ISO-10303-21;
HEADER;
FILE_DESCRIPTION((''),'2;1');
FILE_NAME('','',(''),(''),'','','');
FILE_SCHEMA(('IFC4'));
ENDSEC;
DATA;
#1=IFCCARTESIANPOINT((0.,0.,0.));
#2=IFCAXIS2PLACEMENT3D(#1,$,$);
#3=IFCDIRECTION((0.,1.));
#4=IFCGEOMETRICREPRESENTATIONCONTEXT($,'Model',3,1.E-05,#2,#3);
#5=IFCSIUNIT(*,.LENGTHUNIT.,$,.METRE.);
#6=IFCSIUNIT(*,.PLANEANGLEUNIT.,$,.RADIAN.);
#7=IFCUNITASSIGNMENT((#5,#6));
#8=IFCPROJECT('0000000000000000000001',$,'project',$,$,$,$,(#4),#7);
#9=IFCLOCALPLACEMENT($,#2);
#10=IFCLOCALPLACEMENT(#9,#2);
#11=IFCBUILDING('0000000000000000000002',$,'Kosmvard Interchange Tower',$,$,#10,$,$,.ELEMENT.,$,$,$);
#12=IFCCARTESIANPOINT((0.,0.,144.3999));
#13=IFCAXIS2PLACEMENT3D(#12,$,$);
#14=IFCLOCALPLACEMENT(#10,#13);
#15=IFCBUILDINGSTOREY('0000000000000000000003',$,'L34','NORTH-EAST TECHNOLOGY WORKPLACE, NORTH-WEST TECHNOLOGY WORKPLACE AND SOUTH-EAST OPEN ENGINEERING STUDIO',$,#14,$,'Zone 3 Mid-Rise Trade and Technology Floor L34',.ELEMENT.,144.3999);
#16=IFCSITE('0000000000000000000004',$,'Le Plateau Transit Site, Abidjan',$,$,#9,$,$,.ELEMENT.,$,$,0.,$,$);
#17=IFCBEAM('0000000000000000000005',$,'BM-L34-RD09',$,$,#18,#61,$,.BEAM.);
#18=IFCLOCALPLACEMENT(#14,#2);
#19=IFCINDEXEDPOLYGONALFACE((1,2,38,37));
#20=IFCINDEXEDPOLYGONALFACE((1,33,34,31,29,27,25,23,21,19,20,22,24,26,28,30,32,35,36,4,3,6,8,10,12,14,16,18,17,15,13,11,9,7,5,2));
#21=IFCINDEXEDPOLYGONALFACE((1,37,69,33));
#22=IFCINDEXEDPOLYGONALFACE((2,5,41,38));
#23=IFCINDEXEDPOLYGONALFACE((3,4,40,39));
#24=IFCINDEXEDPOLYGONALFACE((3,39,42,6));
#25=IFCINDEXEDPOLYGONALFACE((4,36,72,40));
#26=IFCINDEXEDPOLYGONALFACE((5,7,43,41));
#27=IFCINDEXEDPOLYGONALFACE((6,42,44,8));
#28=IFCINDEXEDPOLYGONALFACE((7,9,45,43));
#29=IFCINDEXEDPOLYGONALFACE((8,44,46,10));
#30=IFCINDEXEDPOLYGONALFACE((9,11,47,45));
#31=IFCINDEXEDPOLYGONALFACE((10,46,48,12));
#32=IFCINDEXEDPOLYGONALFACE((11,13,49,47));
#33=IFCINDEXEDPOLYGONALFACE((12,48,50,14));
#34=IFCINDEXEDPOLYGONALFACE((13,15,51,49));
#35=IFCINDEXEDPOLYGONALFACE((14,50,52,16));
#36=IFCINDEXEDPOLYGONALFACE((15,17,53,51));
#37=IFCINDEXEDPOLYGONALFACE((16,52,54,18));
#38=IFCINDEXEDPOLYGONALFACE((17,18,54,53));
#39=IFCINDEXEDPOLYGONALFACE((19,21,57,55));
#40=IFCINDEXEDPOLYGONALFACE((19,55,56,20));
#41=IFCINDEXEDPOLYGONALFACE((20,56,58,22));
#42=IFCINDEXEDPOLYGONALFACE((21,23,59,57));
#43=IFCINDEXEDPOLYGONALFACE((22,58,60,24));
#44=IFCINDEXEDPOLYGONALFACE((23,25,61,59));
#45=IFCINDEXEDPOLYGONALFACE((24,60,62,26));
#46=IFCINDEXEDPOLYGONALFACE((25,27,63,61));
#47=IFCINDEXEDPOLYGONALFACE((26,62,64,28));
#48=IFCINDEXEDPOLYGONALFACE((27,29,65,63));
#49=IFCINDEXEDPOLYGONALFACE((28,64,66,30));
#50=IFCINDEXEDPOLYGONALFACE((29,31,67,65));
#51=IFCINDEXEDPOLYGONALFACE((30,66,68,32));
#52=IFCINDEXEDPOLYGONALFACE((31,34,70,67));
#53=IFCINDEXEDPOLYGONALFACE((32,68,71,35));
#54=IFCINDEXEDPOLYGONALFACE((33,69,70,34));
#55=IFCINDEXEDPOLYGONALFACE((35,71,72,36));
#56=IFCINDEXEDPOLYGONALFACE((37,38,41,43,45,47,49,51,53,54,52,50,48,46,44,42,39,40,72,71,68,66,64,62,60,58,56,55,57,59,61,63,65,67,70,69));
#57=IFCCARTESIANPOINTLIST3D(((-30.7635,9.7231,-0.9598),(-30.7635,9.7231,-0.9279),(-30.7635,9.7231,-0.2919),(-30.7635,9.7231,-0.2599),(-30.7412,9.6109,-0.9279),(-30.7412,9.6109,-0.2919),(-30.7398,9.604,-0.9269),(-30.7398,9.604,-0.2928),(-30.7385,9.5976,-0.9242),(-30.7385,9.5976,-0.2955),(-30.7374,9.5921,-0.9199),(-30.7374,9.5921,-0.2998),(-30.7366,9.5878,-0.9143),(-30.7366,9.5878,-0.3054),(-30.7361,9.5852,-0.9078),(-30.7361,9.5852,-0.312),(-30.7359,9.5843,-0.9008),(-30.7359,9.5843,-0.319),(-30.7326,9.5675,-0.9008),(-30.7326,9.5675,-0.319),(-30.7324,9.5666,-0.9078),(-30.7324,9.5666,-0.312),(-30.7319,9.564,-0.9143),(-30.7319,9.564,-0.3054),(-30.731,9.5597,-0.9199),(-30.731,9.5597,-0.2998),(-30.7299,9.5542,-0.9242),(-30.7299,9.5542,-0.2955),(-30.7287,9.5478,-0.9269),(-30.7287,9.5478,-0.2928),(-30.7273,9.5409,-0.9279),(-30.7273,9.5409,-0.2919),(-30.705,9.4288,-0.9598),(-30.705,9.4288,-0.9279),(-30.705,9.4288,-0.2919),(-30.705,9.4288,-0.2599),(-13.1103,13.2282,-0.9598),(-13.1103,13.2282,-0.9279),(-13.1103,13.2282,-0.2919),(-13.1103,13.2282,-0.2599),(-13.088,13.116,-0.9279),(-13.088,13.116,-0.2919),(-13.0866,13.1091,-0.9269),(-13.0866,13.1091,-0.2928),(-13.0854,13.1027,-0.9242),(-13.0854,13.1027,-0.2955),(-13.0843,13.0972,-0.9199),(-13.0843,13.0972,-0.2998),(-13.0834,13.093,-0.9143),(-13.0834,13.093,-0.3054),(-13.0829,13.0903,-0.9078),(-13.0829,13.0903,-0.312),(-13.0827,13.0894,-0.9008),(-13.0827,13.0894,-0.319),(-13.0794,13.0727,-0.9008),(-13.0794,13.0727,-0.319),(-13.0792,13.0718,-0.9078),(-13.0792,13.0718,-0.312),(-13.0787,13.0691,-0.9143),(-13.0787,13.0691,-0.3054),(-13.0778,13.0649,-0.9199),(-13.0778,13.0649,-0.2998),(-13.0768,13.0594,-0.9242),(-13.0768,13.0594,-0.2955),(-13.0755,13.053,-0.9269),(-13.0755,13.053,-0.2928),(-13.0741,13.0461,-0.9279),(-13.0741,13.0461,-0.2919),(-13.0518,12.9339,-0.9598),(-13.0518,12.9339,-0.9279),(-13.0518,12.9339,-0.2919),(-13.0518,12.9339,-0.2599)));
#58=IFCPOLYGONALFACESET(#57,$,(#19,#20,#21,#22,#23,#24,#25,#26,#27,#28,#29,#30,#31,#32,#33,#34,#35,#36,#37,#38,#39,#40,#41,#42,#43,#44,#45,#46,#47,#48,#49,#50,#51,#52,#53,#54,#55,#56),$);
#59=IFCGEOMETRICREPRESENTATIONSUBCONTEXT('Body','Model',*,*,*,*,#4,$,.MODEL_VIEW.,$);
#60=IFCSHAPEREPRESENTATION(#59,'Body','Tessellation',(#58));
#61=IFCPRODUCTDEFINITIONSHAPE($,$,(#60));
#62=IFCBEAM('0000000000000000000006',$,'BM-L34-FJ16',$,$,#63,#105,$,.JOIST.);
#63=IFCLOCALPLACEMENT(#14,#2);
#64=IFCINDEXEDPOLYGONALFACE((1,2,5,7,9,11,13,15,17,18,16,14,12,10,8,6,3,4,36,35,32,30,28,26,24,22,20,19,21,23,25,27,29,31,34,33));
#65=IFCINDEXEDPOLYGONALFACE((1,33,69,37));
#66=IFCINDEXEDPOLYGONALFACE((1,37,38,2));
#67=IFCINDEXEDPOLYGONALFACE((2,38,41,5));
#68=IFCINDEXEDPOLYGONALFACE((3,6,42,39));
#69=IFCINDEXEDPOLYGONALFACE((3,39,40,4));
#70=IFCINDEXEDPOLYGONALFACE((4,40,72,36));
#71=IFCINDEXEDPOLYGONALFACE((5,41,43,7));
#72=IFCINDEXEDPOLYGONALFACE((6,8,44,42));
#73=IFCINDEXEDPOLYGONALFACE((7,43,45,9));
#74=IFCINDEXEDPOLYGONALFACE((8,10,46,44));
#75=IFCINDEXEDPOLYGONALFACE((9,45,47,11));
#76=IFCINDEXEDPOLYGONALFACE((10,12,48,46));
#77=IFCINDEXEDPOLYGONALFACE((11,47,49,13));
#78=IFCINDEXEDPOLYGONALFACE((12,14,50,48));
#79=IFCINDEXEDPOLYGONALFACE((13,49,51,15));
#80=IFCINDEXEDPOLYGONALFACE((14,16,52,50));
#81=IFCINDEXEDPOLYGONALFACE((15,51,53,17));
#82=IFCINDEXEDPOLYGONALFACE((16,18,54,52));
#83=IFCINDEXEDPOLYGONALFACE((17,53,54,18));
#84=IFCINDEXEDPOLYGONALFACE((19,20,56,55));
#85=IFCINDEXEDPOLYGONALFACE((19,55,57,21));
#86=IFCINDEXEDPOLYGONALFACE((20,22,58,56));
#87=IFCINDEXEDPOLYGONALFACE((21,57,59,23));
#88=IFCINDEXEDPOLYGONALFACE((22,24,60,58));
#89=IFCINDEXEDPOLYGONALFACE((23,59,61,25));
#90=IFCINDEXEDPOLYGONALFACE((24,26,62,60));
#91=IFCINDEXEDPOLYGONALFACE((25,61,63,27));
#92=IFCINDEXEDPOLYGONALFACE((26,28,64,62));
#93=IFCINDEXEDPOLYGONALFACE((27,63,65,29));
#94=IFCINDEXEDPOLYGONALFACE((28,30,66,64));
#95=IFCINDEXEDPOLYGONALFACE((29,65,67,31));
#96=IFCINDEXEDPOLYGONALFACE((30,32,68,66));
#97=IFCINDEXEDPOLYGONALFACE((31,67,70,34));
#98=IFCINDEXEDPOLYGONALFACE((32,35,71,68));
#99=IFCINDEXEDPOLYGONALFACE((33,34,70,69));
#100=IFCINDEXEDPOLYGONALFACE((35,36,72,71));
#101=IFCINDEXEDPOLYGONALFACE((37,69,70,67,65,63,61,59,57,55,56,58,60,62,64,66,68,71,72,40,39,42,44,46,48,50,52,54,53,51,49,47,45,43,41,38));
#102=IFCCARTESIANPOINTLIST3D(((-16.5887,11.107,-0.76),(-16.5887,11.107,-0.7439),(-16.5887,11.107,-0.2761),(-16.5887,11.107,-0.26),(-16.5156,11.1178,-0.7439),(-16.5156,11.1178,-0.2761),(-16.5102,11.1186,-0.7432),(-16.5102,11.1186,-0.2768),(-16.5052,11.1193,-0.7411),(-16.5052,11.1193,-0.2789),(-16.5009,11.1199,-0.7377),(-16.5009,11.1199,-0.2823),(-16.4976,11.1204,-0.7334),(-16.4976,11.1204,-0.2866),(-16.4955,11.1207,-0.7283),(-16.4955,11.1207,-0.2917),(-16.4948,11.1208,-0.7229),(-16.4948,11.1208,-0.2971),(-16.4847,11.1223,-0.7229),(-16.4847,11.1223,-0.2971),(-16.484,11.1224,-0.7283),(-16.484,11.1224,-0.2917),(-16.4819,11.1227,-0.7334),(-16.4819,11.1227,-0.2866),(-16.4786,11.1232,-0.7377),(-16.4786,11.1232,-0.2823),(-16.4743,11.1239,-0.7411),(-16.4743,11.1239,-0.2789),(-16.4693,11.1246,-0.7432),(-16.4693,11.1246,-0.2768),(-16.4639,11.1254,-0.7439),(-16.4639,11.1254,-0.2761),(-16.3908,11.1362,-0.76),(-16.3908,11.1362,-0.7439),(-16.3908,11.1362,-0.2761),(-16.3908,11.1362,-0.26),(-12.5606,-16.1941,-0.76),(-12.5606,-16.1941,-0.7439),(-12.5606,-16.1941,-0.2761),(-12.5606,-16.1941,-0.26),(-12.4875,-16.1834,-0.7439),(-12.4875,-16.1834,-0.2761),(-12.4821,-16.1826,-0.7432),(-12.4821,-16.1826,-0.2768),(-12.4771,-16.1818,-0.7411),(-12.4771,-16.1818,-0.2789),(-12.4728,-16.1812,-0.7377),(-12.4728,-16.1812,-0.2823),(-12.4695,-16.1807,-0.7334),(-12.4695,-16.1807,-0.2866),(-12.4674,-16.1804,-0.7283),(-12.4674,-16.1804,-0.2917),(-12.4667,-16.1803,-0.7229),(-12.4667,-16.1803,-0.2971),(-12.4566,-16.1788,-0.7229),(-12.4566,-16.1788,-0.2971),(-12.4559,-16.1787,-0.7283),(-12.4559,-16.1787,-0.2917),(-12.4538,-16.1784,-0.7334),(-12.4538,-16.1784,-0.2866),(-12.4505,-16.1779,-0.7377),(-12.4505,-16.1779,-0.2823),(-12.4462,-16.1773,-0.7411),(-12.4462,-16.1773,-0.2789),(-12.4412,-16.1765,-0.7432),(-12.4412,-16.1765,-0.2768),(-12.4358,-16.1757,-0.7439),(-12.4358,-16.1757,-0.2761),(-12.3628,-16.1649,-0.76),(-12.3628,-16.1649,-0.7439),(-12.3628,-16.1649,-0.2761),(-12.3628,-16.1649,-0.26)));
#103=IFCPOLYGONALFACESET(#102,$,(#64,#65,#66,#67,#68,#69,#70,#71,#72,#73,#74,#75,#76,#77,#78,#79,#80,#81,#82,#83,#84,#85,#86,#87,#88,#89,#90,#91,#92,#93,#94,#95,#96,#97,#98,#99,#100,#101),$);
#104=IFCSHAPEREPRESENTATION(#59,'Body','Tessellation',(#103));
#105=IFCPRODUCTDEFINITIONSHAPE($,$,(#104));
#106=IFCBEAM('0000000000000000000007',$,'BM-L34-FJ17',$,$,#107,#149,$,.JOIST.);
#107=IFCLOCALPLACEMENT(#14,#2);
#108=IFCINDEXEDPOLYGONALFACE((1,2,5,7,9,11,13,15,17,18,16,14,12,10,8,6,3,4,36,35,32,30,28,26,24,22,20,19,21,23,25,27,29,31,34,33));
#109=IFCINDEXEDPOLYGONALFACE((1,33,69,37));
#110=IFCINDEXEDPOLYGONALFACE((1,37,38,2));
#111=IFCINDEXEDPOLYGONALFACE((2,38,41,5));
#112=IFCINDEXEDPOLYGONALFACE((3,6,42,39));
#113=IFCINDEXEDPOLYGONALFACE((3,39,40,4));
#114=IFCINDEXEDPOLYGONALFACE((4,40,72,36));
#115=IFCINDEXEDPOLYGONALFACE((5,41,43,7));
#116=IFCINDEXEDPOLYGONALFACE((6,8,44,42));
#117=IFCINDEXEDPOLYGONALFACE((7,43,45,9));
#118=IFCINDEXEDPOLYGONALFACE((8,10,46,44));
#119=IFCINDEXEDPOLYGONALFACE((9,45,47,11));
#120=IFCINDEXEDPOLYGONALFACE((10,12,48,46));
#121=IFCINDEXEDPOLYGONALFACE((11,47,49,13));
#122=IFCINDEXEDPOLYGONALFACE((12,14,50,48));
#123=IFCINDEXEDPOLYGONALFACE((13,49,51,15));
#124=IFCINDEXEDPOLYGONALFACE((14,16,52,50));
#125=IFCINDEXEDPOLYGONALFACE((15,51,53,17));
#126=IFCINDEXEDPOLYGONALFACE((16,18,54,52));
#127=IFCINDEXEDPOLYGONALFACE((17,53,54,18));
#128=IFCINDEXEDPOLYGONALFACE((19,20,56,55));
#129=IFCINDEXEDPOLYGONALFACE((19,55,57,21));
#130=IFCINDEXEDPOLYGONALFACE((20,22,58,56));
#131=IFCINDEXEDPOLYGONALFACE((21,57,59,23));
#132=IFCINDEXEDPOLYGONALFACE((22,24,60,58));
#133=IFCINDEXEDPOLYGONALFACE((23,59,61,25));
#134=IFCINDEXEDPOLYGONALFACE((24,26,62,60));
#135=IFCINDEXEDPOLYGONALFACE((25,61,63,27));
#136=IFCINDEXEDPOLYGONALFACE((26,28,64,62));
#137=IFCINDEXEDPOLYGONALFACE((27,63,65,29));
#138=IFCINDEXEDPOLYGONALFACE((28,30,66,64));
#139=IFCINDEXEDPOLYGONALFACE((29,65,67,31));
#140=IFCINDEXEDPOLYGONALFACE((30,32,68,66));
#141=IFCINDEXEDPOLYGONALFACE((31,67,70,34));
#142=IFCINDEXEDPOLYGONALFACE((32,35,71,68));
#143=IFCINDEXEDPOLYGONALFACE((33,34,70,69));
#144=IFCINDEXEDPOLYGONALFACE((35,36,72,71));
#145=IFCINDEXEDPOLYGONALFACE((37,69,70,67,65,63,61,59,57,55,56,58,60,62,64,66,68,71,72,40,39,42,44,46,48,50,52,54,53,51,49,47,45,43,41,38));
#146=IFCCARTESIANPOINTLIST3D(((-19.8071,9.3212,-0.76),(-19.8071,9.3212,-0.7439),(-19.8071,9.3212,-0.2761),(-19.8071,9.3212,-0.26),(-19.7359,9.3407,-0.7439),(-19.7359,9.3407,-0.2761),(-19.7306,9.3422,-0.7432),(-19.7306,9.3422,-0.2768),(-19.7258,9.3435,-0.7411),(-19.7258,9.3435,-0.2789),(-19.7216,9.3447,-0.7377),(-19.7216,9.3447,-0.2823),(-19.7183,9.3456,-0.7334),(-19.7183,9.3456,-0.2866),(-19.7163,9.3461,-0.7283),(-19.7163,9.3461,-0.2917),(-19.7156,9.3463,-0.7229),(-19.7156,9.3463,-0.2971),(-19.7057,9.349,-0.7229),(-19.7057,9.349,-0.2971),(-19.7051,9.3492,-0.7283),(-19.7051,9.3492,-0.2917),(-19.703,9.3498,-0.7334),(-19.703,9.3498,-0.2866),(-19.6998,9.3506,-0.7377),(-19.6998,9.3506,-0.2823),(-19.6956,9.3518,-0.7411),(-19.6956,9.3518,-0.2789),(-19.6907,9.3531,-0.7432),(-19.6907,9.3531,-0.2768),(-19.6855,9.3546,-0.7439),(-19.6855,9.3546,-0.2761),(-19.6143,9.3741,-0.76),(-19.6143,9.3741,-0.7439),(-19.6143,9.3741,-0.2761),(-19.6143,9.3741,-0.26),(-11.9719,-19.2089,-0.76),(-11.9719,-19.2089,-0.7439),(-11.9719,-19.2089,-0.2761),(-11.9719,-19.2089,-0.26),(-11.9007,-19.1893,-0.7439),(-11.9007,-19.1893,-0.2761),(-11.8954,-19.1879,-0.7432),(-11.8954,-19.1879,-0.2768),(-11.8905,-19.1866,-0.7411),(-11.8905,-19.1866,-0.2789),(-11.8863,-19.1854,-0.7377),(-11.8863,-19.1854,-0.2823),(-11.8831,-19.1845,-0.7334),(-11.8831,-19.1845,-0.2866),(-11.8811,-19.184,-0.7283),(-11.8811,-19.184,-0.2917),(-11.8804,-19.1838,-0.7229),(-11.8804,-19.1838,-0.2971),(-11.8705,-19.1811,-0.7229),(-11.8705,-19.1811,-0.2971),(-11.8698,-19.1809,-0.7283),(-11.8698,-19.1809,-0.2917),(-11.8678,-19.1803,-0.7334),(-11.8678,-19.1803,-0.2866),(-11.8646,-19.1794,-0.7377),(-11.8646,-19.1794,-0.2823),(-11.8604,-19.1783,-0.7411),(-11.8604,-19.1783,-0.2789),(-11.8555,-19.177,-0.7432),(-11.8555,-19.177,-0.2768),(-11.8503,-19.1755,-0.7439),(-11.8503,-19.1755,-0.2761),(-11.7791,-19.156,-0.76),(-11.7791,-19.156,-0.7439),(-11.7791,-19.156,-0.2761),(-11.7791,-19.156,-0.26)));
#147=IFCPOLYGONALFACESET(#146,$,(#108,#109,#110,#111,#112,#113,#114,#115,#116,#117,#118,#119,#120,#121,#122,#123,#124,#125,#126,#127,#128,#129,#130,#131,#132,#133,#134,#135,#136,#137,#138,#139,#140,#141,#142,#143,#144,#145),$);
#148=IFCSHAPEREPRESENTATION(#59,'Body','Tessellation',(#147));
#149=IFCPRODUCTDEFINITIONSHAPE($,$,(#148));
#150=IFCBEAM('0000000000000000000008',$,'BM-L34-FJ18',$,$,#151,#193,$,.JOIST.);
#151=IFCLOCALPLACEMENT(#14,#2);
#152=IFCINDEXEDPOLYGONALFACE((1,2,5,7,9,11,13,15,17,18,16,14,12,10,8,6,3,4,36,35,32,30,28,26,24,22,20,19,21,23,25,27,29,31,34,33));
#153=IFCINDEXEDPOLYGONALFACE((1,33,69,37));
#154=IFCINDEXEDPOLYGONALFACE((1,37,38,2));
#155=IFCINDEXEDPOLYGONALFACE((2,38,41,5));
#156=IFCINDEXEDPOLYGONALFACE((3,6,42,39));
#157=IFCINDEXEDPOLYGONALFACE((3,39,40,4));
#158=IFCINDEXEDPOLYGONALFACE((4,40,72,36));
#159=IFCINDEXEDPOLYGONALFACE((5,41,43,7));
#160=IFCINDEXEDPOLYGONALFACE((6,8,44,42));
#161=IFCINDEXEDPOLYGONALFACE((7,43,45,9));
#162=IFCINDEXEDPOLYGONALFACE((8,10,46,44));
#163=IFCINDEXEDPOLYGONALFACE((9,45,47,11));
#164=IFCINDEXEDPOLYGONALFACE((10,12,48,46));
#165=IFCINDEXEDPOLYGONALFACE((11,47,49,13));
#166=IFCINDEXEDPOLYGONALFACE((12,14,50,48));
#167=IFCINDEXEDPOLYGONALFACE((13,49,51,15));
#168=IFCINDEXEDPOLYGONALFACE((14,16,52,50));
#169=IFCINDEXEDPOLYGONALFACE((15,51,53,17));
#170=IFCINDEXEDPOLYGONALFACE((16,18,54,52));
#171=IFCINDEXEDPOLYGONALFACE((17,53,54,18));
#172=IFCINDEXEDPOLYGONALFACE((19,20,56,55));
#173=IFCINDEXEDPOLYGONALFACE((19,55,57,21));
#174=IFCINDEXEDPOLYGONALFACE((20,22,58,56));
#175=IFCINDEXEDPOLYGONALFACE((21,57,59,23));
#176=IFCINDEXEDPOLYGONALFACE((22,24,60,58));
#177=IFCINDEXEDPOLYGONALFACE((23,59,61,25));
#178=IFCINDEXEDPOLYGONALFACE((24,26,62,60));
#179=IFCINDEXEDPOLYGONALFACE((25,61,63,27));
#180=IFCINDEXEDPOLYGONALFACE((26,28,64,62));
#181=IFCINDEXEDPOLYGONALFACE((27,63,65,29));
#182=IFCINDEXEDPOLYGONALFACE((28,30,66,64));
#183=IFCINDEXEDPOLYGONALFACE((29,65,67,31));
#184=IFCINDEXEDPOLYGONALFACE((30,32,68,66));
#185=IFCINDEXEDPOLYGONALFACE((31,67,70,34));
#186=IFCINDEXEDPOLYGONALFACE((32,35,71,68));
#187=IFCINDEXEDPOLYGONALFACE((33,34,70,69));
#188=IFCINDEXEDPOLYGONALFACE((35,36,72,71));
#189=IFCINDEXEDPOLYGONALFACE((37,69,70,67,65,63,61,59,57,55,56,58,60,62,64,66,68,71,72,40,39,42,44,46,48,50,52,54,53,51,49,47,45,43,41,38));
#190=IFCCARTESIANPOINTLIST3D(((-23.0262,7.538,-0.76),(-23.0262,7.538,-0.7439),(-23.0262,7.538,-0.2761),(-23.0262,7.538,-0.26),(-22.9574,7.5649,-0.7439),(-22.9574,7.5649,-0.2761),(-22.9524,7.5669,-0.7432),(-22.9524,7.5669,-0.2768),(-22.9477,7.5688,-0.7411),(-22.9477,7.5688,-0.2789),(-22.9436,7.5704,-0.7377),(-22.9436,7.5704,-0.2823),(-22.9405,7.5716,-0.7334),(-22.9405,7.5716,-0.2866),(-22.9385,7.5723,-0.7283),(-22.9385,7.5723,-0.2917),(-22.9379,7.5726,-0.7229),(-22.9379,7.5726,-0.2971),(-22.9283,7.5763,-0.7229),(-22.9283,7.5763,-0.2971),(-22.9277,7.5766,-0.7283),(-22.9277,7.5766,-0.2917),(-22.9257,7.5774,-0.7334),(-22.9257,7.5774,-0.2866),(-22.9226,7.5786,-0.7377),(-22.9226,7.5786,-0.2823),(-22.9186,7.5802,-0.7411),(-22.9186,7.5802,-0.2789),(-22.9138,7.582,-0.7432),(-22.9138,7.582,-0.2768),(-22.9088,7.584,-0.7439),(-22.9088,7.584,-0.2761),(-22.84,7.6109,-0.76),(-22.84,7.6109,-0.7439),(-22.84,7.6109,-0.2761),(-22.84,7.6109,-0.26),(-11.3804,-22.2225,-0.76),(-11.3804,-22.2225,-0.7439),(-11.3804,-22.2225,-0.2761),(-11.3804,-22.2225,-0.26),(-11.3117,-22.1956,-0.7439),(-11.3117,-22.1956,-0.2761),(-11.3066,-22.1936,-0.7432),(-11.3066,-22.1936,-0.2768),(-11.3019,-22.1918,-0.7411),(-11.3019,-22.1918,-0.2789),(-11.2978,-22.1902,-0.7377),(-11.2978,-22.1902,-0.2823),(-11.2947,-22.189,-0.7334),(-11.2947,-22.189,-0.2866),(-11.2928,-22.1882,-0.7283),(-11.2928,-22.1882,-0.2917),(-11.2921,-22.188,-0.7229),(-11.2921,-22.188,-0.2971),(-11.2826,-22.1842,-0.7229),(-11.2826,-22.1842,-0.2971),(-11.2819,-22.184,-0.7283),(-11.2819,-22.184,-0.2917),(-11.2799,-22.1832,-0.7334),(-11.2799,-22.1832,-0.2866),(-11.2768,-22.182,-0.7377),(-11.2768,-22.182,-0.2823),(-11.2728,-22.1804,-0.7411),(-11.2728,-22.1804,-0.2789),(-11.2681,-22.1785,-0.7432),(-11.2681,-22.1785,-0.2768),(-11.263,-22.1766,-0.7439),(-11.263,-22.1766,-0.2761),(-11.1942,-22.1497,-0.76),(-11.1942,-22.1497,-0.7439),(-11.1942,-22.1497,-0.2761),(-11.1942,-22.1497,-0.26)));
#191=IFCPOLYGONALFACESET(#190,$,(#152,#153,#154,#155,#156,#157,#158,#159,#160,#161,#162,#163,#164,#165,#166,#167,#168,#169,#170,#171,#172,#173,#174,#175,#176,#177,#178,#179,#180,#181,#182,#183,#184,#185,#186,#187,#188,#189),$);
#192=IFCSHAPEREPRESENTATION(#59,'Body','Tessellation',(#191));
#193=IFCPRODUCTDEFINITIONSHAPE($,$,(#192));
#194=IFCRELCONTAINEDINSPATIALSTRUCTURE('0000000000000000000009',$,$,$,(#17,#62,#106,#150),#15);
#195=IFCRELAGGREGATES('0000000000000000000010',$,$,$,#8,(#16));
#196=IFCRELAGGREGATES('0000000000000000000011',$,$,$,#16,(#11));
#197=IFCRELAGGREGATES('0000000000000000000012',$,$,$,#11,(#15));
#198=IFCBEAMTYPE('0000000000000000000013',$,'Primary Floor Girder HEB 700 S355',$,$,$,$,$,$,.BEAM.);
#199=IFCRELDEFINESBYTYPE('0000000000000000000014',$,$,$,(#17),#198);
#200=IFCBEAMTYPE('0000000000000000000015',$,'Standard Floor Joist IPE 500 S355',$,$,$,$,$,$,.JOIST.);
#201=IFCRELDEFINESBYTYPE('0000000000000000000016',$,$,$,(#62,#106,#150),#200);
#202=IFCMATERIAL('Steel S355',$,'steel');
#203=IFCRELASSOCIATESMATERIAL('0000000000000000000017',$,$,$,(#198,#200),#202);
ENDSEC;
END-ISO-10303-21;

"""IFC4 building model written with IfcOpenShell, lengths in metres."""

from ifc_helpers import new_model, si_unit, direction, frame, origin, origin_2d, place, context, subcontext, project, spatial, i_section, extrude, source, transform, mapped, material, material_profile, profile_set, type_object, element, save


model = new_model("IFC4")

# Units and contexts
model_context = context("Model", 3, precision=1e-05, world=origin(), true_north=direction((0.0, 1.0)))
body_context = subcontext(model_context, "Body", "Model", "MODEL_VIEW")
ifc_project = project(units=[si_unit("LENGTHUNIT", "METRE"), si_unit("PLANEANGLEUNIT", "RADIAN")], contexts=[model_context])

# Site, building, storey
site_placement = place(None, origin())
site = spatial("IfcSite", under=ifc_project, at=site_placement, Name="Le Plateau Transit Site, Abidjan", CompositionType="ELEMENT", RefElevation=0.0)
building_placement = place(site_placement, origin())
building = spatial("IfcBuilding", under=site, at=building_placement, Name="Kosmvard Interchange Tower", CompositionType="ELEMENT")
storey_placement = place(building_placement, frame((0.0, 0.0, 144.3999)))
storey = spatial("IfcBuildingStorey", under=building, at=storey_placement, Name="L34", Description="NORTH-EAST TECHNOLOGY WORKPLACE, NORTH-WEST TECHNOLOGY WORKPLACE AND SOUTH-EAST OPEN ENGINEERING STUDIO", LongName="Zone 3 Mid-Rise Trade and Technology Floor L34", CompositionType="ELEMENT", Elevation=144.3999)

# Beams
ifc_material_1 = material(Name="Steel S355", Category="steel")
ifc_material_profile_1 = material_profile(ifc_material_1, i_section(OverallWidth=0.3, OverallDepth=0.7, WebThickness=0.0171, FlangeThickness=0.032, FilletRadius=0.0271, at=origin_2d()), Name="HEB 700")
ifc_profile_set_1 = profile_set([ifc_material_profile_1], Name="Steel S355")
beam_type_1 = type_object("IfcBeamType", Name="Primary Floor Girder HEB 700 S355", PredefinedType="BEAM", material=ifc_profile_set_1)
shared_shape_1 = source(origin(), body_context, "Body", "SweptSolid", [
    extrude(i_section(OverallWidth=0.3, OverallDepth=0.7, WebThickness=0.0171, FlangeThickness=0.032, FilletRadius=0.0271, at=origin_2d()), origin(), (0.0, 0.0, 1.0), 17.9978),
])
beam_1_placement = place(storey_placement, frame((-13.0811, 13.0811, -0.6099), z_axis=(-0.980852, -0.194754, 0.0), x_axis=(0.194754, -0.980852, 0.0)))
element("IfcBeam", 1, at=beam_1_placement, inside=storey, type_object=beam_type_1, Name="BM-L34-RD09", PredefinedType="BEAM", context=body_context, shape_type="MappedRepresentation", body=[
    mapped(shared_shape_1, transform((0.0, 0.0, 0.0), scale=1.0)),
])
ifc_material_profile_2 = material_profile(ifc_material_1, i_section(OverallWidth=0.2, OverallDepth=0.5, WebThickness=0.0103, FlangeThickness=0.0161, FilletRadius=0.021, at=origin_2d()), Name="IPE 500")
ifc_profile_set_2 = profile_set([ifc_material_profile_2], Name="Steel S355")
beam_type_2 = type_object("IfcBeamType", Name="Standard Floor Joist IPE 500 S355", PredefinedType="JOIST", material=ifc_profile_set_2)
shared_shape_2 = source(origin(), body_context, "Body", "SweptSolid", [
    extrude(i_section(OverallWidth=0.2, OverallDepth=0.5, WebThickness=0.0103, FlangeThickness=0.0161, FilletRadius=0.021, at=origin_2d()), origin(), (0.0, 0.0, 1.0), 27.5967),
])
beam_2_placement = place(storey_placement, frame((-16.4897, 11.1216, -0.51), z_axis=(0.145963, -0.98929, 0.0), x_axis=(0.98929, 0.145963, 0.0)))
element("IfcBeam", 2, at=beam_2_placement, inside=storey, type_object=beam_type_2, Name="BM-L34-FJ16", PredefinedType="JOIST", context=body_context, shape_type="MappedRepresentation", body=[
    mapped(shared_shape_2, transform((0.0, 0.0, 0.0), scale=1.0)),
])
shared_shape_3 = source(origin(), body_context, "Body", "SweptSolid", [
    extrude(i_section(OverallWidth=0.2, OverallDepth=0.5, WebThickness=0.0103, FlangeThickness=0.0161, FilletRadius=0.021, at=origin_2d()), origin(), (0.0, 0.0, 1.0), 29.5864),
])
beam_3_placement = place(storey_placement, frame((-19.7107, 9.3477, -0.51), z_axis=(0.264825, -0.964297, 0.0), x_axis=(0.964297, 0.264825, 0.0)))
element("IfcBeam", 3, at=beam_3_placement, inside=storey, type_object=beam_type_2, Name="BM-L34-FJ17", PredefinedType="JOIST", context=body_context, shape_type="MappedRepresentation", body=[
    mapped(shared_shape_3, transform((0.0, 0.0, 0.0), scale=1.0)),
])
shared_shape_4 = source(origin(), body_context, "Body", "SweptSolid", [
    extrude(i_section(OverallWidth=0.2, OverallDepth=0.5, WebThickness=0.0103, FlangeThickness=0.0161, FilletRadius=0.021, at=origin_2d()), origin(), (0.0, 0.0, 1.0), 31.958),
])
beam_4_placement = place(storey_placement, frame((-22.9331, 7.5745, -0.51), z_axis=(0.364409, -0.931239, 0.0), x_axis=(0.931239, 0.364409, 0.0)))
element("IfcBeam", 4, at=beam_4_placement, inside=storey, type_object=beam_type_2, Name="BM-L34-FJ18", PredefinedType="JOIST", context=body_context, shape_type="MappedRepresentation", body=[
    mapped(shared_shape_4, transform((0.0, 0.0, 0.0), scale=1.0)),
])

save(model, "model.ifc")
